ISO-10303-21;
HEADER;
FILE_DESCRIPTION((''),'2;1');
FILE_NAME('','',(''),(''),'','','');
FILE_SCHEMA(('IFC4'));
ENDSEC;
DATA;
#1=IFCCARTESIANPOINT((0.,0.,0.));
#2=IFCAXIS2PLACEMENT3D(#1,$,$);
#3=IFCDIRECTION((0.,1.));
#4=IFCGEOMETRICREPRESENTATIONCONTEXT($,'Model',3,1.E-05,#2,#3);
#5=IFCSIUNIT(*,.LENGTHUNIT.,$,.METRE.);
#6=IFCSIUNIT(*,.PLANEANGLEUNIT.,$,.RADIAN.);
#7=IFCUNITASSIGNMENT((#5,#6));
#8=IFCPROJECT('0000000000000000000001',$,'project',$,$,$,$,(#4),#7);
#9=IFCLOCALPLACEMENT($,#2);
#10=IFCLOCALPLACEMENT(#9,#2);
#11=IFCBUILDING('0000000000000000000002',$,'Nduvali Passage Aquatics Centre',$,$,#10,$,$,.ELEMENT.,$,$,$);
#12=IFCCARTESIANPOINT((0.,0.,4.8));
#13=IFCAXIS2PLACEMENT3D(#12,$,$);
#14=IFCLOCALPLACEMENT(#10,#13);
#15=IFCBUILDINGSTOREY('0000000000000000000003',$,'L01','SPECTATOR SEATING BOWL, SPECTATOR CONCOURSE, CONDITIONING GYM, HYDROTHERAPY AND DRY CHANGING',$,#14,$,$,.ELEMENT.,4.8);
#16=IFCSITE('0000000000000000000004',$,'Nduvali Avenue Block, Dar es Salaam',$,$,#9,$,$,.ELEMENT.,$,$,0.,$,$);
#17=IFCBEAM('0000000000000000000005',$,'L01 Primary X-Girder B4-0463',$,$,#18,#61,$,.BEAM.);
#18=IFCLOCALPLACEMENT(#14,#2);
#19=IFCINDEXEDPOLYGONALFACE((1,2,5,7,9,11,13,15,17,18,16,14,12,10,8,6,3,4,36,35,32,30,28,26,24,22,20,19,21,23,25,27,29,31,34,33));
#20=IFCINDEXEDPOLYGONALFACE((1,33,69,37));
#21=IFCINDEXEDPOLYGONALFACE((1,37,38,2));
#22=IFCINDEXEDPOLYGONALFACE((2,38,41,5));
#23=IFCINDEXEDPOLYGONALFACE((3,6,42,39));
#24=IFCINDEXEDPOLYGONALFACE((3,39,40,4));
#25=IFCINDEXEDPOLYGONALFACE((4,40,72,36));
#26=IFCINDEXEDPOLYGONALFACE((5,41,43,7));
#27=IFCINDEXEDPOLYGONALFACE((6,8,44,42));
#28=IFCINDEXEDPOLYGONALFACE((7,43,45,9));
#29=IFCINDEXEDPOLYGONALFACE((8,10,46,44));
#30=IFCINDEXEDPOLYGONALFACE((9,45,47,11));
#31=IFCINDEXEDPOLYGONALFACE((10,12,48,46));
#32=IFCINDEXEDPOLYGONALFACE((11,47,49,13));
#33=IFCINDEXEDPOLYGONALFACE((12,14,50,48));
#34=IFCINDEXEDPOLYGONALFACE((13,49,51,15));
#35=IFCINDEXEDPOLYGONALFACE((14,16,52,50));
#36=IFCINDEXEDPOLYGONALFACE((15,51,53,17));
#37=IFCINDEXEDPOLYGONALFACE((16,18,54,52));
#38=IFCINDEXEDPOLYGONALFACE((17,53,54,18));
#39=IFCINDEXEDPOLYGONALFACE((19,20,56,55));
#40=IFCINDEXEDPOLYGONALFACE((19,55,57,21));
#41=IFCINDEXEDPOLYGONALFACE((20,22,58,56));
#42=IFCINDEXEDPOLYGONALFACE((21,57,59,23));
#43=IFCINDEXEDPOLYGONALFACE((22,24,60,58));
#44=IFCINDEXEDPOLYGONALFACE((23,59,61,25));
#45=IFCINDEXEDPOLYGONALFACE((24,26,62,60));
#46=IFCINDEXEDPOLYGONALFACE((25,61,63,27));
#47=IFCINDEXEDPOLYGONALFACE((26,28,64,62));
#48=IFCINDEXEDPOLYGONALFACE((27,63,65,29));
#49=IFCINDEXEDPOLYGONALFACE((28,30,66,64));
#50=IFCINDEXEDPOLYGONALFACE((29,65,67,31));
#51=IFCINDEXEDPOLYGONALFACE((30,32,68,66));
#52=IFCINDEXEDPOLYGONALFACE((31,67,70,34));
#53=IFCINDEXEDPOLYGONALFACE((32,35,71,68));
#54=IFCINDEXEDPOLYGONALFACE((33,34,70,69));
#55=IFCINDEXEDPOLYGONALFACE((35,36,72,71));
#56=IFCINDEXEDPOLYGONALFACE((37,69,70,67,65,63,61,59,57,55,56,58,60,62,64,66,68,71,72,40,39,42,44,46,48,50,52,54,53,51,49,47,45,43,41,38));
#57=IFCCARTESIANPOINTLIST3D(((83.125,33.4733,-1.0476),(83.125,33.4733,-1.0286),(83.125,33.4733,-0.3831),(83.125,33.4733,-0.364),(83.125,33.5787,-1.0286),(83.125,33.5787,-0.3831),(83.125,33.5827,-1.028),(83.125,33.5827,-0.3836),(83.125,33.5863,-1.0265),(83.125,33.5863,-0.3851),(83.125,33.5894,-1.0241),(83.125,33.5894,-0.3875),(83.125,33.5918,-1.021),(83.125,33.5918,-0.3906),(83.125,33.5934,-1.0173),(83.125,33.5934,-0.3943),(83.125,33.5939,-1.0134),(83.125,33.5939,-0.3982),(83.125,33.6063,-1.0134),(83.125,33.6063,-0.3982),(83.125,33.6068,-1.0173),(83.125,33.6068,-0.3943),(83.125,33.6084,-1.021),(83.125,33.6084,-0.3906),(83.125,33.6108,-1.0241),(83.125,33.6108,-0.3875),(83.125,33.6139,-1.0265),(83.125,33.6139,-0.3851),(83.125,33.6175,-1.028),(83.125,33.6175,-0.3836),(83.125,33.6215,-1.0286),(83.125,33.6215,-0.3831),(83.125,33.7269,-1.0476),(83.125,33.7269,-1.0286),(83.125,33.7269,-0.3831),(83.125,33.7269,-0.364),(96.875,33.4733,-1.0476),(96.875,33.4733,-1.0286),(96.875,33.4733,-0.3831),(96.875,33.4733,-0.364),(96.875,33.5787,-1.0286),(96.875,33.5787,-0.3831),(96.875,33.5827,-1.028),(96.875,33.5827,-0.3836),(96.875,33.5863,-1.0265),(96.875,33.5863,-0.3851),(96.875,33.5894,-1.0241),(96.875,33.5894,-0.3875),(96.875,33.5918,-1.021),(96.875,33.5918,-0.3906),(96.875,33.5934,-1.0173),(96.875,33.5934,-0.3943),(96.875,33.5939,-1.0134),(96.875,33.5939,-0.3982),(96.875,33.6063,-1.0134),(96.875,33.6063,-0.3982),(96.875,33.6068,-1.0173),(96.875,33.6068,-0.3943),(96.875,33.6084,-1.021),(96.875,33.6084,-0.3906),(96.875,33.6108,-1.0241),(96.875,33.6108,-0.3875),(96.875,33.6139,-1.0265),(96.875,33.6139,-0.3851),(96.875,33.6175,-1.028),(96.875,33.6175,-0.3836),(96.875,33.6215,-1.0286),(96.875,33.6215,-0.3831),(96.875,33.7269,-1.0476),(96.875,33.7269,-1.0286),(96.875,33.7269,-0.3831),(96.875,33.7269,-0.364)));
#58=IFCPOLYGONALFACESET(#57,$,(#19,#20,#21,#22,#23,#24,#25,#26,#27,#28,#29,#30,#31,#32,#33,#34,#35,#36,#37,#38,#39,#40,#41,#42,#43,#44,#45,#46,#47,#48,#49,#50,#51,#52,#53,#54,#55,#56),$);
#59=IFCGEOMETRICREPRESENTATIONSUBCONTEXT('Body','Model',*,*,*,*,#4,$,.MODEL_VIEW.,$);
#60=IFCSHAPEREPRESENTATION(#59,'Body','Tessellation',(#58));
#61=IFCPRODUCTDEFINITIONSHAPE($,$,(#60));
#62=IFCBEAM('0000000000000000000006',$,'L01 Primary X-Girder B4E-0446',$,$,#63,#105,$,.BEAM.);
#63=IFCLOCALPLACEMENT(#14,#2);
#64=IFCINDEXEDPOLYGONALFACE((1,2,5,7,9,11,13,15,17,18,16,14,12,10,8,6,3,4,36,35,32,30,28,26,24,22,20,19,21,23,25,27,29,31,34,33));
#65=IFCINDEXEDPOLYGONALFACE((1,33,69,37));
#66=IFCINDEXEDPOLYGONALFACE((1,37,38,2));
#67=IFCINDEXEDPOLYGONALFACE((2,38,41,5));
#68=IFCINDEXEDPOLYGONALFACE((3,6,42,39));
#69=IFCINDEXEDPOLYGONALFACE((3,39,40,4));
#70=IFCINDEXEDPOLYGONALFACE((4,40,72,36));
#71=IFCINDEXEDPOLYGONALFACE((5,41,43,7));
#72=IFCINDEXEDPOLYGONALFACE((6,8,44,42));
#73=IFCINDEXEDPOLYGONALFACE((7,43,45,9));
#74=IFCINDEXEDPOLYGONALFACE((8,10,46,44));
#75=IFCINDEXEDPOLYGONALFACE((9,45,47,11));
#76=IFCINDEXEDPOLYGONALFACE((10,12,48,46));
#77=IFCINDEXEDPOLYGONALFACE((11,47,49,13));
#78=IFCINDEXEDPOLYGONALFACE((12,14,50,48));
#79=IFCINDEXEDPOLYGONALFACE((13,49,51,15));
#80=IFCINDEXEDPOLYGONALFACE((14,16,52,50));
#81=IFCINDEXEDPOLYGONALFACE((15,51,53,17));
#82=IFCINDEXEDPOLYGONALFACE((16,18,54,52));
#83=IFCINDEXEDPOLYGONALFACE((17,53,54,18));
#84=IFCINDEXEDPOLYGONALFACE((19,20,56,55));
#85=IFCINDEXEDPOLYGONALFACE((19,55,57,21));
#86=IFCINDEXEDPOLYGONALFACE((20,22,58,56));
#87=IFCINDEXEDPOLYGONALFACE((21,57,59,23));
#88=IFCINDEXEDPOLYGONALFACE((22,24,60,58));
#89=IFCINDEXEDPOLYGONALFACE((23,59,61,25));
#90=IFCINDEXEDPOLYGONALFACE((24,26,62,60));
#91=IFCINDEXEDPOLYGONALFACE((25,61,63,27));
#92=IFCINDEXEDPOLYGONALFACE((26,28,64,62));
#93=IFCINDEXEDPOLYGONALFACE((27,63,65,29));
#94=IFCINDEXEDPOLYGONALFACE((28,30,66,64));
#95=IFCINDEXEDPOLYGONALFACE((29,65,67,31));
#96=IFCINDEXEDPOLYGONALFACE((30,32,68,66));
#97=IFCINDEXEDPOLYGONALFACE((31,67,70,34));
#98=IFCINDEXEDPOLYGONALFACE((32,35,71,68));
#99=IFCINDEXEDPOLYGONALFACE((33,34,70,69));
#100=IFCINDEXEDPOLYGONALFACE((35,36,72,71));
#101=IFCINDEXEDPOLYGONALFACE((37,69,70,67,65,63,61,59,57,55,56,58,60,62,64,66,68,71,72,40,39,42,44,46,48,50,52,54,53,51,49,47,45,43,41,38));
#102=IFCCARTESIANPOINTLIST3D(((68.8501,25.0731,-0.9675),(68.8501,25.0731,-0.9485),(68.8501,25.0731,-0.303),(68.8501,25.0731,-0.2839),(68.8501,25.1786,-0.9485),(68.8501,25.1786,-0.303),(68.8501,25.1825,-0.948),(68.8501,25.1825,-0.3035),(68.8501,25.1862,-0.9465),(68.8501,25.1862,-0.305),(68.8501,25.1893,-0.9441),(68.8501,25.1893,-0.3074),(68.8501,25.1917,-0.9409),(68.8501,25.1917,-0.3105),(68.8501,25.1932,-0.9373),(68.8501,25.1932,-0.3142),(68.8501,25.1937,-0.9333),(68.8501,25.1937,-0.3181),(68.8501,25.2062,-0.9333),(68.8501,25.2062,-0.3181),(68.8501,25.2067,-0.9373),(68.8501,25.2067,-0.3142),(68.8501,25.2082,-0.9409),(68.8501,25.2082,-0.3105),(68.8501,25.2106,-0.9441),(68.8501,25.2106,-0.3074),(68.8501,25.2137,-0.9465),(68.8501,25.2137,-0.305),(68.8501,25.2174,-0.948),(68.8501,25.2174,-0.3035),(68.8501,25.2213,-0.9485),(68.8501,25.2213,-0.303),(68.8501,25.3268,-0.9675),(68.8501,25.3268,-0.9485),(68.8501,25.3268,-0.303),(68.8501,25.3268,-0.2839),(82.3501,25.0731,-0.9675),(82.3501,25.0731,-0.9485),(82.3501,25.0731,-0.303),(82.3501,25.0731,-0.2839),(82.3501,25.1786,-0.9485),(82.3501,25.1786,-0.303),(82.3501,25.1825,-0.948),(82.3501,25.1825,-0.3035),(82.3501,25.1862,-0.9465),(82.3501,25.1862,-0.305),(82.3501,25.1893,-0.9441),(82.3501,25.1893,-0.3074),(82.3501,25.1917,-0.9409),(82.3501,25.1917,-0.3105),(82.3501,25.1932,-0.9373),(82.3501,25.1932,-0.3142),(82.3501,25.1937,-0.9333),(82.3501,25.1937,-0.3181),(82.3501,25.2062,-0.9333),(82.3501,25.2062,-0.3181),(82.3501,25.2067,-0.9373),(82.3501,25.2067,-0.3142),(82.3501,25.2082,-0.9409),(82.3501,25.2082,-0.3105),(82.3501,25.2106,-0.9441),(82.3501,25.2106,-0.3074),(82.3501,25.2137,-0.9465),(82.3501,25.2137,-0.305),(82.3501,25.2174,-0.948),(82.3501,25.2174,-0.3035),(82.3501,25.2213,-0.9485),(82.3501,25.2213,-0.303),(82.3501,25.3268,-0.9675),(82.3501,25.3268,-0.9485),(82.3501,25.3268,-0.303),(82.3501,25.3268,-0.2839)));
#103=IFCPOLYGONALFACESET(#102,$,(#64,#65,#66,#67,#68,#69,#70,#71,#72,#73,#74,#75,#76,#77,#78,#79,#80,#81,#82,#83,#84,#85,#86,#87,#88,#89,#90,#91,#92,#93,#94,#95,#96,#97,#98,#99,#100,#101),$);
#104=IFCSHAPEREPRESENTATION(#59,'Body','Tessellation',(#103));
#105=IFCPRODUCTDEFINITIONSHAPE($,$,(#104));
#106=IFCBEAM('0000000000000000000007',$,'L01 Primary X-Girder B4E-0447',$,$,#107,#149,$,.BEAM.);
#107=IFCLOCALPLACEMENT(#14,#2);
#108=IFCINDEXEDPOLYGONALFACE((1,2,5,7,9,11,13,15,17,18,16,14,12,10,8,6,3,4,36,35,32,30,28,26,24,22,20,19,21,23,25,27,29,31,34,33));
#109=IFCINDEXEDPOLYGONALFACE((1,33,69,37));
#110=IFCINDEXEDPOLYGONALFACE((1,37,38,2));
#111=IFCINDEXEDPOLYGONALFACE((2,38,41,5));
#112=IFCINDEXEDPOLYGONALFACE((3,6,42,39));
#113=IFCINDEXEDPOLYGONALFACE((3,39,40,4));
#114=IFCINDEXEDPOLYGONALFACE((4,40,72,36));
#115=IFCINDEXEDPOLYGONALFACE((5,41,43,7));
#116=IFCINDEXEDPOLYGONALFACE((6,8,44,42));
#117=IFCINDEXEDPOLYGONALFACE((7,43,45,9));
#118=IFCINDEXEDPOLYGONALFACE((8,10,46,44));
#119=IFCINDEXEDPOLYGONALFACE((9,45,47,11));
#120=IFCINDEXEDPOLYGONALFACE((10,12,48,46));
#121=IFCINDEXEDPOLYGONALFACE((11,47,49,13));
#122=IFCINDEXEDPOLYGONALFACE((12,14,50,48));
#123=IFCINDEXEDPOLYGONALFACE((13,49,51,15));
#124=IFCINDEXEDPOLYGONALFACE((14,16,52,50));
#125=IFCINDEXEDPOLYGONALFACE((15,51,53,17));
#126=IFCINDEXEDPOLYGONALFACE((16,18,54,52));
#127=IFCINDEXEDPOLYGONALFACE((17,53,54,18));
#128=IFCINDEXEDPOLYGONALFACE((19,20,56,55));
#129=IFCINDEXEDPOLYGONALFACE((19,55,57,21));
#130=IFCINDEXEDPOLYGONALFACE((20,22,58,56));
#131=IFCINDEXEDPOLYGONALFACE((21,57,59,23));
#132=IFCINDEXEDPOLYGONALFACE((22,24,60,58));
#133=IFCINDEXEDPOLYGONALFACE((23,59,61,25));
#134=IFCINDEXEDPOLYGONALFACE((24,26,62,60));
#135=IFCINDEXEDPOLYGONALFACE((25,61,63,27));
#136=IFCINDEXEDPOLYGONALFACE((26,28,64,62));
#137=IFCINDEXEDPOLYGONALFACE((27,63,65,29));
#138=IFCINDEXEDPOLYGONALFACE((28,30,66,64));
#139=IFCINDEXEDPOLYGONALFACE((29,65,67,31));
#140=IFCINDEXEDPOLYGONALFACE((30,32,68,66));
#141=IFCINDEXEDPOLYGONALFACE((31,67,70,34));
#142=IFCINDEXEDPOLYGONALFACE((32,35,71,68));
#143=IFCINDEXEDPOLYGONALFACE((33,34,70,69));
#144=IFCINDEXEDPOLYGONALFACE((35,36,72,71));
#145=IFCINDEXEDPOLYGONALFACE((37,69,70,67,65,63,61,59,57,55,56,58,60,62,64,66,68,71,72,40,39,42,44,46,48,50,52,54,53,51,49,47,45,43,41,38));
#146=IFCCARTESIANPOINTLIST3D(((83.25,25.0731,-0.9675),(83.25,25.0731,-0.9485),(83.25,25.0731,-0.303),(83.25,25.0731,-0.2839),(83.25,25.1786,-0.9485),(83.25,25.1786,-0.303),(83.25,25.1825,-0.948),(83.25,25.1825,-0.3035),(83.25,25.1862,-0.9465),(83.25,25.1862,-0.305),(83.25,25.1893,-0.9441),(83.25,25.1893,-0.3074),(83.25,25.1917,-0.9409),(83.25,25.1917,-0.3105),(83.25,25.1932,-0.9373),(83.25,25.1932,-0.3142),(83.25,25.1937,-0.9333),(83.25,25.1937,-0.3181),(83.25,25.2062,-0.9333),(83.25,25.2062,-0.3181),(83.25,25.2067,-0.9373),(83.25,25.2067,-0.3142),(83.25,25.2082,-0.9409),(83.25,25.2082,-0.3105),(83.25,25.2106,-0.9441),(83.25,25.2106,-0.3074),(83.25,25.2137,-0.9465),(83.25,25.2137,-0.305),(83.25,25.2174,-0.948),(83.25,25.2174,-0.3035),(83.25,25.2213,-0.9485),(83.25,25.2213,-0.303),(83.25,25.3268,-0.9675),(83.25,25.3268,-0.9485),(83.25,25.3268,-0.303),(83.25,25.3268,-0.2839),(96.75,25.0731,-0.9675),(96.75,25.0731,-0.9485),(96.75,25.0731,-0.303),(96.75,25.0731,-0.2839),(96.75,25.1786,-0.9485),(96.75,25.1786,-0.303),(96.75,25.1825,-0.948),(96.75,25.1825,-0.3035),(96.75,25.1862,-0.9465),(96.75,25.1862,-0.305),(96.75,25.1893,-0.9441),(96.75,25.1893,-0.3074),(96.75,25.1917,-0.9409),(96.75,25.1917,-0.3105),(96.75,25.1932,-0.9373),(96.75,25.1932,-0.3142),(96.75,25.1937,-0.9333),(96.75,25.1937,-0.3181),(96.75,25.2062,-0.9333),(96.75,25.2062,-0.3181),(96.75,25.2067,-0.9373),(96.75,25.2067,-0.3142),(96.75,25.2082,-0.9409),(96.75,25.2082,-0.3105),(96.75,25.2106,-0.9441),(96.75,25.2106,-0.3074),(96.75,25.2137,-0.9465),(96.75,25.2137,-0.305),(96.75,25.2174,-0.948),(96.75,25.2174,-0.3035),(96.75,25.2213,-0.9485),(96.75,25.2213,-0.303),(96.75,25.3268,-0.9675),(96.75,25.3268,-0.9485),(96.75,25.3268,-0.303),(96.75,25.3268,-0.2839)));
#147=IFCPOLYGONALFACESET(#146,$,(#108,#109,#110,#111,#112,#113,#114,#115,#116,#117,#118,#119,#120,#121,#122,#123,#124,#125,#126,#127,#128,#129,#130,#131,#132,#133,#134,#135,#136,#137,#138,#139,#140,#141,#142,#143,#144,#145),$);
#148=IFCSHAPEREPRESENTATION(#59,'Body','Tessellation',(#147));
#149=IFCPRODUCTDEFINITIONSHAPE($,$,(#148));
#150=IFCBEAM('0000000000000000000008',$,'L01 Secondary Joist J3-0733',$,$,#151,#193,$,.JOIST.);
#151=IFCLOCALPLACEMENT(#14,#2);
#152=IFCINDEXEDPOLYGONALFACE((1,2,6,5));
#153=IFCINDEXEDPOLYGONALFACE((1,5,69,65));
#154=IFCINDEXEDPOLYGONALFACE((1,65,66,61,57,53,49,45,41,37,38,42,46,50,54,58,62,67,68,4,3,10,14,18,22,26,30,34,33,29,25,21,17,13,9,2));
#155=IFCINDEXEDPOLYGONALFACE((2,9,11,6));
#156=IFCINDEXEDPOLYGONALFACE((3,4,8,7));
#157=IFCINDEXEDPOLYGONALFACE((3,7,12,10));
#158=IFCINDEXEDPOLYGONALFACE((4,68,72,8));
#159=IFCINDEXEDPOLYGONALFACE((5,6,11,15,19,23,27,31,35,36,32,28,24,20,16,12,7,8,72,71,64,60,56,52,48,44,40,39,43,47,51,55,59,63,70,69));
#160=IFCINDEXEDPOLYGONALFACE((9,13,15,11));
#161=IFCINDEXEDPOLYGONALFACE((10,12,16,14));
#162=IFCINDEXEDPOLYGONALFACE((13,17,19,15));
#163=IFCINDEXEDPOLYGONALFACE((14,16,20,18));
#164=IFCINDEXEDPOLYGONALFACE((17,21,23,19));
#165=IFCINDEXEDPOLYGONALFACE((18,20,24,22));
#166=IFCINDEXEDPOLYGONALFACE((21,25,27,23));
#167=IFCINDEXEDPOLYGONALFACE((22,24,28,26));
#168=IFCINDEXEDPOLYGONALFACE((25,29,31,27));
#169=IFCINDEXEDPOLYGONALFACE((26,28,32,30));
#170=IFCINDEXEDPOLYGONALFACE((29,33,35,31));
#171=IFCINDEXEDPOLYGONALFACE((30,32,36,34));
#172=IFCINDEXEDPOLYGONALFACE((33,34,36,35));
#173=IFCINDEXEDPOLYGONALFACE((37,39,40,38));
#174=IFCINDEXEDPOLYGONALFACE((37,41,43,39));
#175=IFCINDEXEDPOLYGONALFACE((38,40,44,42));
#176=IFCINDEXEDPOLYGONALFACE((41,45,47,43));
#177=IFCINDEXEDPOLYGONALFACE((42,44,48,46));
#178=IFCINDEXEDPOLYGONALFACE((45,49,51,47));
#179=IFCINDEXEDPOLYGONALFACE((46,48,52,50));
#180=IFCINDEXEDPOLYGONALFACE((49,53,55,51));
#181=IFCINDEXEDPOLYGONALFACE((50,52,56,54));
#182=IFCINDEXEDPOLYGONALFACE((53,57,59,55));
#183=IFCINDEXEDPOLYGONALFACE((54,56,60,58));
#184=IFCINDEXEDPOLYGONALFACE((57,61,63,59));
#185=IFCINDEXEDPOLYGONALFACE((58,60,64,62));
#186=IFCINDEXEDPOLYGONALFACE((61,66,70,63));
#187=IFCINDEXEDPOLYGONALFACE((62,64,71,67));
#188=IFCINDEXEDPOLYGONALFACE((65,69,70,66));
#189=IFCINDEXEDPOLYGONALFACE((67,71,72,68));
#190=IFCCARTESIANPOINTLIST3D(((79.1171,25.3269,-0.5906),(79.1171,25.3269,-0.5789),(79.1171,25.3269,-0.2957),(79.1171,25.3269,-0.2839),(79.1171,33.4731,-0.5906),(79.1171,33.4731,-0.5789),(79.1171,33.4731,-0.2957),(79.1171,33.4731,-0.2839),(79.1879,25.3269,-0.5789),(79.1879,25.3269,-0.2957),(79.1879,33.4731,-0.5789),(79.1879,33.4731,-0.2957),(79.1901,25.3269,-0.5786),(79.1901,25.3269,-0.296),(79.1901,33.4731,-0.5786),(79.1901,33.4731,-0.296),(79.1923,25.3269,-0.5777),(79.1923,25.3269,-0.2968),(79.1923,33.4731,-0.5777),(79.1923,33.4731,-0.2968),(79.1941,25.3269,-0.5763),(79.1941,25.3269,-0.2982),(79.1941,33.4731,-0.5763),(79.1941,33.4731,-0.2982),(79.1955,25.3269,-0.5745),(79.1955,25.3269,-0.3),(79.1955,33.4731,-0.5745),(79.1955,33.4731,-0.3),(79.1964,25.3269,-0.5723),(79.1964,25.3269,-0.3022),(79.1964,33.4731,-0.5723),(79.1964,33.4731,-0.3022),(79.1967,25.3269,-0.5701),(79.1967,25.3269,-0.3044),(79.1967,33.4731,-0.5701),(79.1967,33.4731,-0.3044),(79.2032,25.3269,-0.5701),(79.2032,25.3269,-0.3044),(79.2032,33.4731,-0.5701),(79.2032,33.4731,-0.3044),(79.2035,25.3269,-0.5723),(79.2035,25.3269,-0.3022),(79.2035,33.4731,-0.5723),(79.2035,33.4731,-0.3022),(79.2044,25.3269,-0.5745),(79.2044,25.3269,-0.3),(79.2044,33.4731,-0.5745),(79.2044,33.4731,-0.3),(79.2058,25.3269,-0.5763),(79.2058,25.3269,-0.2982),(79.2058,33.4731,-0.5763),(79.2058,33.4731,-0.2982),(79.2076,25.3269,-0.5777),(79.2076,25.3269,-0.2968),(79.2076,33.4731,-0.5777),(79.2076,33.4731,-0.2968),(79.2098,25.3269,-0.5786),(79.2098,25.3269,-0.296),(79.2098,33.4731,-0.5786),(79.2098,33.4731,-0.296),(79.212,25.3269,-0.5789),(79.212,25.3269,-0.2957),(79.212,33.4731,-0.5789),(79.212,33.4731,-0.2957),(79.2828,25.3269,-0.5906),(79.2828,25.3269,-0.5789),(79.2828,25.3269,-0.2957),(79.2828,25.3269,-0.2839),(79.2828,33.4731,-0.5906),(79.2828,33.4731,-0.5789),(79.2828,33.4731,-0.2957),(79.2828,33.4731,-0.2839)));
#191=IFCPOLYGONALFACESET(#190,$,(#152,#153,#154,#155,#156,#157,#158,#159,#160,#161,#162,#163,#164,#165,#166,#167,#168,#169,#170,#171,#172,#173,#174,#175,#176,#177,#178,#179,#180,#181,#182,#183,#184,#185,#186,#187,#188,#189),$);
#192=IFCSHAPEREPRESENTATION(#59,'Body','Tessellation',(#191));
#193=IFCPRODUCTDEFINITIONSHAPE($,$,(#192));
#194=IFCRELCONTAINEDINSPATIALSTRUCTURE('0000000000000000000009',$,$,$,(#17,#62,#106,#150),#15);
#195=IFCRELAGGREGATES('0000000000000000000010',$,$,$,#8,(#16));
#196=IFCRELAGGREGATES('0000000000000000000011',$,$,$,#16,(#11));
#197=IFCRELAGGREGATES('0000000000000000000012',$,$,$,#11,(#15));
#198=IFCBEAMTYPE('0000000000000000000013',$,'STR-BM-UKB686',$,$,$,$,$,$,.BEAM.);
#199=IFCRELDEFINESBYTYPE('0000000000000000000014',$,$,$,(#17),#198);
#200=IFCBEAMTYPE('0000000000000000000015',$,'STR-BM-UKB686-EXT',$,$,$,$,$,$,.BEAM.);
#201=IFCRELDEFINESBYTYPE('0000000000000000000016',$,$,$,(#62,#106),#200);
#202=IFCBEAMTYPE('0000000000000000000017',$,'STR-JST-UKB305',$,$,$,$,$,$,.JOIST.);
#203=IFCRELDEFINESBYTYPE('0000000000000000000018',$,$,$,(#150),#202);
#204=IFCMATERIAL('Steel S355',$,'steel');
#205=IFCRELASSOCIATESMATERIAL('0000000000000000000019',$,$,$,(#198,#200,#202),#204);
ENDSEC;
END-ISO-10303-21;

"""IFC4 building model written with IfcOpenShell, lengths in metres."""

from ifc_helpers import new_model, si_unit, direction, frame, origin, origin_2d, place, context, subcontext, project, spatial, i_section, extrude, material, material_profile, profile_set, type_object, element, save


model = new_model("IFC4")

# Units and contexts
model_context = context("Model", 3, precision=1e-05, world=origin(), true_north=direction((0.0, 1.0)))
body_context = subcontext(model_context, "Body", "Model", "MODEL_VIEW")
ifc_project = project(units=[si_unit("LENGTHUNIT", "METRE"), si_unit("PLANEANGLEUNIT", "RADIAN")], contexts=[model_context])

# Site, building, storey
site_placement = place(None, origin())
site = spatial("IfcSite", under=ifc_project, at=site_placement, Name="Nduvali Avenue Block, Dar es Salaam", CompositionType="ELEMENT", RefElevation=0.0)
building_placement = place(site_placement, origin())
building = spatial("IfcBuilding", under=site, at=building_placement, Name="Nduvali Passage Aquatics Centre", CompositionType="ELEMENT")
storey_placement = place(building_placement, frame((0.0, 0.0, 4.8)))
storey = spatial("IfcBuildingStorey", under=building, at=storey_placement, Name="L01", Description="SPECTATOR SEATING BOWL, SPECTATOR CONCOURSE, CONDITIONING GYM, HYDROTHERAPY AND DRY CHANGING", CompositionType="ELEMENT", Elevation=4.8)

# Beams
ifc_material_1 = material(Name="Steel S355", Category="steel")
ifc_material_profile_1 = material_profile(ifc_material_1, i_section(OverallWidth=0.2537, OverallDepth=0.6836, WebThickness=0.0125, FlangeThickness=0.019, FilletRadius=0.0151, at=origin_2d()), Name="UKB 686x254x140")
ifc_profile_set_1 = profile_set([ifc_material_profile_1], Name="Steel S355")
beam_type_1 = type_object("IfcBeamType", Name="STR-BM-UKB686", PredefinedType="BEAM", material=ifc_profile_set_1)
for number, where, z_axis, x_axis, name in (
    (1, (83.125, 33.6001, -0.7058), (1.0, 0.0, 0.0), (0.0, 1.0, 0.0), "L01 Primary X-Girder B4-0463"),
):
    element("IfcBeam", number, at=place(storey_placement, frame(where, z_axis=z_axis, x_axis=x_axis)), inside=storey, type_object=beam_type_1, Name=name, PredefinedType="BEAM", context=body_context, shape_type="SweptSolid", body=[
        extrude(i_section(OverallWidth=0.2537, OverallDepth=0.6836, WebThickness=0.0125, FlangeThickness=0.019, FilletRadius=0.0151, at=origin_2d()), origin(), (0.0, 0.0, 1.0), 13.75),
    ])
ifc_material_profile_2 = material_profile(ifc_material_1, i_section(OverallWidth=0.2537, OverallDepth=0.6836, WebThickness=0.0125, FlangeThickness=0.019, FilletRadius=0.0151, at=origin_2d()), Name="UKB 686x254x140")
ifc_profile_set_2 = profile_set([ifc_material_profile_2], Name="Steel S355")
beam_type_2 = type_object("IfcBeamType", Name="STR-BM-UKB686-EXT", PredefinedType="BEAM", material=ifc_profile_set_2)
for number, where, z_axis, x_axis, name in (
    (2, (68.8501, 25.2, -0.6257), (1.0, 0.0, 0.0), (0.0, 1.0, 0.0), "L01 Primary X-Girder B4E-0446"),
    (3, (83.25, 25.2, -0.6257), (1.0, 0.0, 0.0), (0.0, 1.0, 0.0), "L01 Primary X-Girder B4E-0447"),
):
    element("IfcBeam", number, at=place(storey_placement, frame(where, z_axis=z_axis, x_axis=x_axis)), inside=storey, type_object=beam_type_2, Name=name, PredefinedType="BEAM", context=body_context, shape_type="SweptSolid", body=[
        extrude(i_section(OverallWidth=0.2537, OverallDepth=0.6836, WebThickness=0.0125, FlangeThickness=0.019, FilletRadius=0.0151, at=origin_2d()), origin(), (0.0, 0.0, 1.0), 13.5),
    ])
ifc_material_profile_3 = material_profile(ifc_material_1, i_section(OverallWidth=0.1658, OverallDepth=0.3066, WebThickness=0.0066, FlangeThickness=0.0117, FilletRadius=0.0088, at=origin_2d()), Name="UKB 305x165x46")
ifc_profile_set_3 = profile_set([ifc_material_profile_3], Name="Steel S355")
beam_type_3 = type_object("IfcBeamType", Name="STR-JST-UKB305", PredefinedType="JOIST", material=ifc_profile_set_3)
beam_1_placement = place(storey_placement, frame((79.2, 25.3269, -0.4373), z_axis=(0.0, 1.0, 0.0), x_axis=(-1.0, 0.0, 0.0)))
element("IfcBeam", 4, at=beam_1_placement, inside=storey, type_object=beam_type_3, Name="L01 Secondary Joist J3-0733", PredefinedType="JOIST", context=body_context, shape_type="SweptSolid", body=[
    extrude(i_section(OverallWidth=0.1658, OverallDepth=0.3066, WebThickness=0.0066, FlangeThickness=0.0117, FilletRadius=0.0088, at=origin_2d()), origin(), (0.0, 0.0, 1.0), 8.1462),
])

save(model, "model.ifc")
